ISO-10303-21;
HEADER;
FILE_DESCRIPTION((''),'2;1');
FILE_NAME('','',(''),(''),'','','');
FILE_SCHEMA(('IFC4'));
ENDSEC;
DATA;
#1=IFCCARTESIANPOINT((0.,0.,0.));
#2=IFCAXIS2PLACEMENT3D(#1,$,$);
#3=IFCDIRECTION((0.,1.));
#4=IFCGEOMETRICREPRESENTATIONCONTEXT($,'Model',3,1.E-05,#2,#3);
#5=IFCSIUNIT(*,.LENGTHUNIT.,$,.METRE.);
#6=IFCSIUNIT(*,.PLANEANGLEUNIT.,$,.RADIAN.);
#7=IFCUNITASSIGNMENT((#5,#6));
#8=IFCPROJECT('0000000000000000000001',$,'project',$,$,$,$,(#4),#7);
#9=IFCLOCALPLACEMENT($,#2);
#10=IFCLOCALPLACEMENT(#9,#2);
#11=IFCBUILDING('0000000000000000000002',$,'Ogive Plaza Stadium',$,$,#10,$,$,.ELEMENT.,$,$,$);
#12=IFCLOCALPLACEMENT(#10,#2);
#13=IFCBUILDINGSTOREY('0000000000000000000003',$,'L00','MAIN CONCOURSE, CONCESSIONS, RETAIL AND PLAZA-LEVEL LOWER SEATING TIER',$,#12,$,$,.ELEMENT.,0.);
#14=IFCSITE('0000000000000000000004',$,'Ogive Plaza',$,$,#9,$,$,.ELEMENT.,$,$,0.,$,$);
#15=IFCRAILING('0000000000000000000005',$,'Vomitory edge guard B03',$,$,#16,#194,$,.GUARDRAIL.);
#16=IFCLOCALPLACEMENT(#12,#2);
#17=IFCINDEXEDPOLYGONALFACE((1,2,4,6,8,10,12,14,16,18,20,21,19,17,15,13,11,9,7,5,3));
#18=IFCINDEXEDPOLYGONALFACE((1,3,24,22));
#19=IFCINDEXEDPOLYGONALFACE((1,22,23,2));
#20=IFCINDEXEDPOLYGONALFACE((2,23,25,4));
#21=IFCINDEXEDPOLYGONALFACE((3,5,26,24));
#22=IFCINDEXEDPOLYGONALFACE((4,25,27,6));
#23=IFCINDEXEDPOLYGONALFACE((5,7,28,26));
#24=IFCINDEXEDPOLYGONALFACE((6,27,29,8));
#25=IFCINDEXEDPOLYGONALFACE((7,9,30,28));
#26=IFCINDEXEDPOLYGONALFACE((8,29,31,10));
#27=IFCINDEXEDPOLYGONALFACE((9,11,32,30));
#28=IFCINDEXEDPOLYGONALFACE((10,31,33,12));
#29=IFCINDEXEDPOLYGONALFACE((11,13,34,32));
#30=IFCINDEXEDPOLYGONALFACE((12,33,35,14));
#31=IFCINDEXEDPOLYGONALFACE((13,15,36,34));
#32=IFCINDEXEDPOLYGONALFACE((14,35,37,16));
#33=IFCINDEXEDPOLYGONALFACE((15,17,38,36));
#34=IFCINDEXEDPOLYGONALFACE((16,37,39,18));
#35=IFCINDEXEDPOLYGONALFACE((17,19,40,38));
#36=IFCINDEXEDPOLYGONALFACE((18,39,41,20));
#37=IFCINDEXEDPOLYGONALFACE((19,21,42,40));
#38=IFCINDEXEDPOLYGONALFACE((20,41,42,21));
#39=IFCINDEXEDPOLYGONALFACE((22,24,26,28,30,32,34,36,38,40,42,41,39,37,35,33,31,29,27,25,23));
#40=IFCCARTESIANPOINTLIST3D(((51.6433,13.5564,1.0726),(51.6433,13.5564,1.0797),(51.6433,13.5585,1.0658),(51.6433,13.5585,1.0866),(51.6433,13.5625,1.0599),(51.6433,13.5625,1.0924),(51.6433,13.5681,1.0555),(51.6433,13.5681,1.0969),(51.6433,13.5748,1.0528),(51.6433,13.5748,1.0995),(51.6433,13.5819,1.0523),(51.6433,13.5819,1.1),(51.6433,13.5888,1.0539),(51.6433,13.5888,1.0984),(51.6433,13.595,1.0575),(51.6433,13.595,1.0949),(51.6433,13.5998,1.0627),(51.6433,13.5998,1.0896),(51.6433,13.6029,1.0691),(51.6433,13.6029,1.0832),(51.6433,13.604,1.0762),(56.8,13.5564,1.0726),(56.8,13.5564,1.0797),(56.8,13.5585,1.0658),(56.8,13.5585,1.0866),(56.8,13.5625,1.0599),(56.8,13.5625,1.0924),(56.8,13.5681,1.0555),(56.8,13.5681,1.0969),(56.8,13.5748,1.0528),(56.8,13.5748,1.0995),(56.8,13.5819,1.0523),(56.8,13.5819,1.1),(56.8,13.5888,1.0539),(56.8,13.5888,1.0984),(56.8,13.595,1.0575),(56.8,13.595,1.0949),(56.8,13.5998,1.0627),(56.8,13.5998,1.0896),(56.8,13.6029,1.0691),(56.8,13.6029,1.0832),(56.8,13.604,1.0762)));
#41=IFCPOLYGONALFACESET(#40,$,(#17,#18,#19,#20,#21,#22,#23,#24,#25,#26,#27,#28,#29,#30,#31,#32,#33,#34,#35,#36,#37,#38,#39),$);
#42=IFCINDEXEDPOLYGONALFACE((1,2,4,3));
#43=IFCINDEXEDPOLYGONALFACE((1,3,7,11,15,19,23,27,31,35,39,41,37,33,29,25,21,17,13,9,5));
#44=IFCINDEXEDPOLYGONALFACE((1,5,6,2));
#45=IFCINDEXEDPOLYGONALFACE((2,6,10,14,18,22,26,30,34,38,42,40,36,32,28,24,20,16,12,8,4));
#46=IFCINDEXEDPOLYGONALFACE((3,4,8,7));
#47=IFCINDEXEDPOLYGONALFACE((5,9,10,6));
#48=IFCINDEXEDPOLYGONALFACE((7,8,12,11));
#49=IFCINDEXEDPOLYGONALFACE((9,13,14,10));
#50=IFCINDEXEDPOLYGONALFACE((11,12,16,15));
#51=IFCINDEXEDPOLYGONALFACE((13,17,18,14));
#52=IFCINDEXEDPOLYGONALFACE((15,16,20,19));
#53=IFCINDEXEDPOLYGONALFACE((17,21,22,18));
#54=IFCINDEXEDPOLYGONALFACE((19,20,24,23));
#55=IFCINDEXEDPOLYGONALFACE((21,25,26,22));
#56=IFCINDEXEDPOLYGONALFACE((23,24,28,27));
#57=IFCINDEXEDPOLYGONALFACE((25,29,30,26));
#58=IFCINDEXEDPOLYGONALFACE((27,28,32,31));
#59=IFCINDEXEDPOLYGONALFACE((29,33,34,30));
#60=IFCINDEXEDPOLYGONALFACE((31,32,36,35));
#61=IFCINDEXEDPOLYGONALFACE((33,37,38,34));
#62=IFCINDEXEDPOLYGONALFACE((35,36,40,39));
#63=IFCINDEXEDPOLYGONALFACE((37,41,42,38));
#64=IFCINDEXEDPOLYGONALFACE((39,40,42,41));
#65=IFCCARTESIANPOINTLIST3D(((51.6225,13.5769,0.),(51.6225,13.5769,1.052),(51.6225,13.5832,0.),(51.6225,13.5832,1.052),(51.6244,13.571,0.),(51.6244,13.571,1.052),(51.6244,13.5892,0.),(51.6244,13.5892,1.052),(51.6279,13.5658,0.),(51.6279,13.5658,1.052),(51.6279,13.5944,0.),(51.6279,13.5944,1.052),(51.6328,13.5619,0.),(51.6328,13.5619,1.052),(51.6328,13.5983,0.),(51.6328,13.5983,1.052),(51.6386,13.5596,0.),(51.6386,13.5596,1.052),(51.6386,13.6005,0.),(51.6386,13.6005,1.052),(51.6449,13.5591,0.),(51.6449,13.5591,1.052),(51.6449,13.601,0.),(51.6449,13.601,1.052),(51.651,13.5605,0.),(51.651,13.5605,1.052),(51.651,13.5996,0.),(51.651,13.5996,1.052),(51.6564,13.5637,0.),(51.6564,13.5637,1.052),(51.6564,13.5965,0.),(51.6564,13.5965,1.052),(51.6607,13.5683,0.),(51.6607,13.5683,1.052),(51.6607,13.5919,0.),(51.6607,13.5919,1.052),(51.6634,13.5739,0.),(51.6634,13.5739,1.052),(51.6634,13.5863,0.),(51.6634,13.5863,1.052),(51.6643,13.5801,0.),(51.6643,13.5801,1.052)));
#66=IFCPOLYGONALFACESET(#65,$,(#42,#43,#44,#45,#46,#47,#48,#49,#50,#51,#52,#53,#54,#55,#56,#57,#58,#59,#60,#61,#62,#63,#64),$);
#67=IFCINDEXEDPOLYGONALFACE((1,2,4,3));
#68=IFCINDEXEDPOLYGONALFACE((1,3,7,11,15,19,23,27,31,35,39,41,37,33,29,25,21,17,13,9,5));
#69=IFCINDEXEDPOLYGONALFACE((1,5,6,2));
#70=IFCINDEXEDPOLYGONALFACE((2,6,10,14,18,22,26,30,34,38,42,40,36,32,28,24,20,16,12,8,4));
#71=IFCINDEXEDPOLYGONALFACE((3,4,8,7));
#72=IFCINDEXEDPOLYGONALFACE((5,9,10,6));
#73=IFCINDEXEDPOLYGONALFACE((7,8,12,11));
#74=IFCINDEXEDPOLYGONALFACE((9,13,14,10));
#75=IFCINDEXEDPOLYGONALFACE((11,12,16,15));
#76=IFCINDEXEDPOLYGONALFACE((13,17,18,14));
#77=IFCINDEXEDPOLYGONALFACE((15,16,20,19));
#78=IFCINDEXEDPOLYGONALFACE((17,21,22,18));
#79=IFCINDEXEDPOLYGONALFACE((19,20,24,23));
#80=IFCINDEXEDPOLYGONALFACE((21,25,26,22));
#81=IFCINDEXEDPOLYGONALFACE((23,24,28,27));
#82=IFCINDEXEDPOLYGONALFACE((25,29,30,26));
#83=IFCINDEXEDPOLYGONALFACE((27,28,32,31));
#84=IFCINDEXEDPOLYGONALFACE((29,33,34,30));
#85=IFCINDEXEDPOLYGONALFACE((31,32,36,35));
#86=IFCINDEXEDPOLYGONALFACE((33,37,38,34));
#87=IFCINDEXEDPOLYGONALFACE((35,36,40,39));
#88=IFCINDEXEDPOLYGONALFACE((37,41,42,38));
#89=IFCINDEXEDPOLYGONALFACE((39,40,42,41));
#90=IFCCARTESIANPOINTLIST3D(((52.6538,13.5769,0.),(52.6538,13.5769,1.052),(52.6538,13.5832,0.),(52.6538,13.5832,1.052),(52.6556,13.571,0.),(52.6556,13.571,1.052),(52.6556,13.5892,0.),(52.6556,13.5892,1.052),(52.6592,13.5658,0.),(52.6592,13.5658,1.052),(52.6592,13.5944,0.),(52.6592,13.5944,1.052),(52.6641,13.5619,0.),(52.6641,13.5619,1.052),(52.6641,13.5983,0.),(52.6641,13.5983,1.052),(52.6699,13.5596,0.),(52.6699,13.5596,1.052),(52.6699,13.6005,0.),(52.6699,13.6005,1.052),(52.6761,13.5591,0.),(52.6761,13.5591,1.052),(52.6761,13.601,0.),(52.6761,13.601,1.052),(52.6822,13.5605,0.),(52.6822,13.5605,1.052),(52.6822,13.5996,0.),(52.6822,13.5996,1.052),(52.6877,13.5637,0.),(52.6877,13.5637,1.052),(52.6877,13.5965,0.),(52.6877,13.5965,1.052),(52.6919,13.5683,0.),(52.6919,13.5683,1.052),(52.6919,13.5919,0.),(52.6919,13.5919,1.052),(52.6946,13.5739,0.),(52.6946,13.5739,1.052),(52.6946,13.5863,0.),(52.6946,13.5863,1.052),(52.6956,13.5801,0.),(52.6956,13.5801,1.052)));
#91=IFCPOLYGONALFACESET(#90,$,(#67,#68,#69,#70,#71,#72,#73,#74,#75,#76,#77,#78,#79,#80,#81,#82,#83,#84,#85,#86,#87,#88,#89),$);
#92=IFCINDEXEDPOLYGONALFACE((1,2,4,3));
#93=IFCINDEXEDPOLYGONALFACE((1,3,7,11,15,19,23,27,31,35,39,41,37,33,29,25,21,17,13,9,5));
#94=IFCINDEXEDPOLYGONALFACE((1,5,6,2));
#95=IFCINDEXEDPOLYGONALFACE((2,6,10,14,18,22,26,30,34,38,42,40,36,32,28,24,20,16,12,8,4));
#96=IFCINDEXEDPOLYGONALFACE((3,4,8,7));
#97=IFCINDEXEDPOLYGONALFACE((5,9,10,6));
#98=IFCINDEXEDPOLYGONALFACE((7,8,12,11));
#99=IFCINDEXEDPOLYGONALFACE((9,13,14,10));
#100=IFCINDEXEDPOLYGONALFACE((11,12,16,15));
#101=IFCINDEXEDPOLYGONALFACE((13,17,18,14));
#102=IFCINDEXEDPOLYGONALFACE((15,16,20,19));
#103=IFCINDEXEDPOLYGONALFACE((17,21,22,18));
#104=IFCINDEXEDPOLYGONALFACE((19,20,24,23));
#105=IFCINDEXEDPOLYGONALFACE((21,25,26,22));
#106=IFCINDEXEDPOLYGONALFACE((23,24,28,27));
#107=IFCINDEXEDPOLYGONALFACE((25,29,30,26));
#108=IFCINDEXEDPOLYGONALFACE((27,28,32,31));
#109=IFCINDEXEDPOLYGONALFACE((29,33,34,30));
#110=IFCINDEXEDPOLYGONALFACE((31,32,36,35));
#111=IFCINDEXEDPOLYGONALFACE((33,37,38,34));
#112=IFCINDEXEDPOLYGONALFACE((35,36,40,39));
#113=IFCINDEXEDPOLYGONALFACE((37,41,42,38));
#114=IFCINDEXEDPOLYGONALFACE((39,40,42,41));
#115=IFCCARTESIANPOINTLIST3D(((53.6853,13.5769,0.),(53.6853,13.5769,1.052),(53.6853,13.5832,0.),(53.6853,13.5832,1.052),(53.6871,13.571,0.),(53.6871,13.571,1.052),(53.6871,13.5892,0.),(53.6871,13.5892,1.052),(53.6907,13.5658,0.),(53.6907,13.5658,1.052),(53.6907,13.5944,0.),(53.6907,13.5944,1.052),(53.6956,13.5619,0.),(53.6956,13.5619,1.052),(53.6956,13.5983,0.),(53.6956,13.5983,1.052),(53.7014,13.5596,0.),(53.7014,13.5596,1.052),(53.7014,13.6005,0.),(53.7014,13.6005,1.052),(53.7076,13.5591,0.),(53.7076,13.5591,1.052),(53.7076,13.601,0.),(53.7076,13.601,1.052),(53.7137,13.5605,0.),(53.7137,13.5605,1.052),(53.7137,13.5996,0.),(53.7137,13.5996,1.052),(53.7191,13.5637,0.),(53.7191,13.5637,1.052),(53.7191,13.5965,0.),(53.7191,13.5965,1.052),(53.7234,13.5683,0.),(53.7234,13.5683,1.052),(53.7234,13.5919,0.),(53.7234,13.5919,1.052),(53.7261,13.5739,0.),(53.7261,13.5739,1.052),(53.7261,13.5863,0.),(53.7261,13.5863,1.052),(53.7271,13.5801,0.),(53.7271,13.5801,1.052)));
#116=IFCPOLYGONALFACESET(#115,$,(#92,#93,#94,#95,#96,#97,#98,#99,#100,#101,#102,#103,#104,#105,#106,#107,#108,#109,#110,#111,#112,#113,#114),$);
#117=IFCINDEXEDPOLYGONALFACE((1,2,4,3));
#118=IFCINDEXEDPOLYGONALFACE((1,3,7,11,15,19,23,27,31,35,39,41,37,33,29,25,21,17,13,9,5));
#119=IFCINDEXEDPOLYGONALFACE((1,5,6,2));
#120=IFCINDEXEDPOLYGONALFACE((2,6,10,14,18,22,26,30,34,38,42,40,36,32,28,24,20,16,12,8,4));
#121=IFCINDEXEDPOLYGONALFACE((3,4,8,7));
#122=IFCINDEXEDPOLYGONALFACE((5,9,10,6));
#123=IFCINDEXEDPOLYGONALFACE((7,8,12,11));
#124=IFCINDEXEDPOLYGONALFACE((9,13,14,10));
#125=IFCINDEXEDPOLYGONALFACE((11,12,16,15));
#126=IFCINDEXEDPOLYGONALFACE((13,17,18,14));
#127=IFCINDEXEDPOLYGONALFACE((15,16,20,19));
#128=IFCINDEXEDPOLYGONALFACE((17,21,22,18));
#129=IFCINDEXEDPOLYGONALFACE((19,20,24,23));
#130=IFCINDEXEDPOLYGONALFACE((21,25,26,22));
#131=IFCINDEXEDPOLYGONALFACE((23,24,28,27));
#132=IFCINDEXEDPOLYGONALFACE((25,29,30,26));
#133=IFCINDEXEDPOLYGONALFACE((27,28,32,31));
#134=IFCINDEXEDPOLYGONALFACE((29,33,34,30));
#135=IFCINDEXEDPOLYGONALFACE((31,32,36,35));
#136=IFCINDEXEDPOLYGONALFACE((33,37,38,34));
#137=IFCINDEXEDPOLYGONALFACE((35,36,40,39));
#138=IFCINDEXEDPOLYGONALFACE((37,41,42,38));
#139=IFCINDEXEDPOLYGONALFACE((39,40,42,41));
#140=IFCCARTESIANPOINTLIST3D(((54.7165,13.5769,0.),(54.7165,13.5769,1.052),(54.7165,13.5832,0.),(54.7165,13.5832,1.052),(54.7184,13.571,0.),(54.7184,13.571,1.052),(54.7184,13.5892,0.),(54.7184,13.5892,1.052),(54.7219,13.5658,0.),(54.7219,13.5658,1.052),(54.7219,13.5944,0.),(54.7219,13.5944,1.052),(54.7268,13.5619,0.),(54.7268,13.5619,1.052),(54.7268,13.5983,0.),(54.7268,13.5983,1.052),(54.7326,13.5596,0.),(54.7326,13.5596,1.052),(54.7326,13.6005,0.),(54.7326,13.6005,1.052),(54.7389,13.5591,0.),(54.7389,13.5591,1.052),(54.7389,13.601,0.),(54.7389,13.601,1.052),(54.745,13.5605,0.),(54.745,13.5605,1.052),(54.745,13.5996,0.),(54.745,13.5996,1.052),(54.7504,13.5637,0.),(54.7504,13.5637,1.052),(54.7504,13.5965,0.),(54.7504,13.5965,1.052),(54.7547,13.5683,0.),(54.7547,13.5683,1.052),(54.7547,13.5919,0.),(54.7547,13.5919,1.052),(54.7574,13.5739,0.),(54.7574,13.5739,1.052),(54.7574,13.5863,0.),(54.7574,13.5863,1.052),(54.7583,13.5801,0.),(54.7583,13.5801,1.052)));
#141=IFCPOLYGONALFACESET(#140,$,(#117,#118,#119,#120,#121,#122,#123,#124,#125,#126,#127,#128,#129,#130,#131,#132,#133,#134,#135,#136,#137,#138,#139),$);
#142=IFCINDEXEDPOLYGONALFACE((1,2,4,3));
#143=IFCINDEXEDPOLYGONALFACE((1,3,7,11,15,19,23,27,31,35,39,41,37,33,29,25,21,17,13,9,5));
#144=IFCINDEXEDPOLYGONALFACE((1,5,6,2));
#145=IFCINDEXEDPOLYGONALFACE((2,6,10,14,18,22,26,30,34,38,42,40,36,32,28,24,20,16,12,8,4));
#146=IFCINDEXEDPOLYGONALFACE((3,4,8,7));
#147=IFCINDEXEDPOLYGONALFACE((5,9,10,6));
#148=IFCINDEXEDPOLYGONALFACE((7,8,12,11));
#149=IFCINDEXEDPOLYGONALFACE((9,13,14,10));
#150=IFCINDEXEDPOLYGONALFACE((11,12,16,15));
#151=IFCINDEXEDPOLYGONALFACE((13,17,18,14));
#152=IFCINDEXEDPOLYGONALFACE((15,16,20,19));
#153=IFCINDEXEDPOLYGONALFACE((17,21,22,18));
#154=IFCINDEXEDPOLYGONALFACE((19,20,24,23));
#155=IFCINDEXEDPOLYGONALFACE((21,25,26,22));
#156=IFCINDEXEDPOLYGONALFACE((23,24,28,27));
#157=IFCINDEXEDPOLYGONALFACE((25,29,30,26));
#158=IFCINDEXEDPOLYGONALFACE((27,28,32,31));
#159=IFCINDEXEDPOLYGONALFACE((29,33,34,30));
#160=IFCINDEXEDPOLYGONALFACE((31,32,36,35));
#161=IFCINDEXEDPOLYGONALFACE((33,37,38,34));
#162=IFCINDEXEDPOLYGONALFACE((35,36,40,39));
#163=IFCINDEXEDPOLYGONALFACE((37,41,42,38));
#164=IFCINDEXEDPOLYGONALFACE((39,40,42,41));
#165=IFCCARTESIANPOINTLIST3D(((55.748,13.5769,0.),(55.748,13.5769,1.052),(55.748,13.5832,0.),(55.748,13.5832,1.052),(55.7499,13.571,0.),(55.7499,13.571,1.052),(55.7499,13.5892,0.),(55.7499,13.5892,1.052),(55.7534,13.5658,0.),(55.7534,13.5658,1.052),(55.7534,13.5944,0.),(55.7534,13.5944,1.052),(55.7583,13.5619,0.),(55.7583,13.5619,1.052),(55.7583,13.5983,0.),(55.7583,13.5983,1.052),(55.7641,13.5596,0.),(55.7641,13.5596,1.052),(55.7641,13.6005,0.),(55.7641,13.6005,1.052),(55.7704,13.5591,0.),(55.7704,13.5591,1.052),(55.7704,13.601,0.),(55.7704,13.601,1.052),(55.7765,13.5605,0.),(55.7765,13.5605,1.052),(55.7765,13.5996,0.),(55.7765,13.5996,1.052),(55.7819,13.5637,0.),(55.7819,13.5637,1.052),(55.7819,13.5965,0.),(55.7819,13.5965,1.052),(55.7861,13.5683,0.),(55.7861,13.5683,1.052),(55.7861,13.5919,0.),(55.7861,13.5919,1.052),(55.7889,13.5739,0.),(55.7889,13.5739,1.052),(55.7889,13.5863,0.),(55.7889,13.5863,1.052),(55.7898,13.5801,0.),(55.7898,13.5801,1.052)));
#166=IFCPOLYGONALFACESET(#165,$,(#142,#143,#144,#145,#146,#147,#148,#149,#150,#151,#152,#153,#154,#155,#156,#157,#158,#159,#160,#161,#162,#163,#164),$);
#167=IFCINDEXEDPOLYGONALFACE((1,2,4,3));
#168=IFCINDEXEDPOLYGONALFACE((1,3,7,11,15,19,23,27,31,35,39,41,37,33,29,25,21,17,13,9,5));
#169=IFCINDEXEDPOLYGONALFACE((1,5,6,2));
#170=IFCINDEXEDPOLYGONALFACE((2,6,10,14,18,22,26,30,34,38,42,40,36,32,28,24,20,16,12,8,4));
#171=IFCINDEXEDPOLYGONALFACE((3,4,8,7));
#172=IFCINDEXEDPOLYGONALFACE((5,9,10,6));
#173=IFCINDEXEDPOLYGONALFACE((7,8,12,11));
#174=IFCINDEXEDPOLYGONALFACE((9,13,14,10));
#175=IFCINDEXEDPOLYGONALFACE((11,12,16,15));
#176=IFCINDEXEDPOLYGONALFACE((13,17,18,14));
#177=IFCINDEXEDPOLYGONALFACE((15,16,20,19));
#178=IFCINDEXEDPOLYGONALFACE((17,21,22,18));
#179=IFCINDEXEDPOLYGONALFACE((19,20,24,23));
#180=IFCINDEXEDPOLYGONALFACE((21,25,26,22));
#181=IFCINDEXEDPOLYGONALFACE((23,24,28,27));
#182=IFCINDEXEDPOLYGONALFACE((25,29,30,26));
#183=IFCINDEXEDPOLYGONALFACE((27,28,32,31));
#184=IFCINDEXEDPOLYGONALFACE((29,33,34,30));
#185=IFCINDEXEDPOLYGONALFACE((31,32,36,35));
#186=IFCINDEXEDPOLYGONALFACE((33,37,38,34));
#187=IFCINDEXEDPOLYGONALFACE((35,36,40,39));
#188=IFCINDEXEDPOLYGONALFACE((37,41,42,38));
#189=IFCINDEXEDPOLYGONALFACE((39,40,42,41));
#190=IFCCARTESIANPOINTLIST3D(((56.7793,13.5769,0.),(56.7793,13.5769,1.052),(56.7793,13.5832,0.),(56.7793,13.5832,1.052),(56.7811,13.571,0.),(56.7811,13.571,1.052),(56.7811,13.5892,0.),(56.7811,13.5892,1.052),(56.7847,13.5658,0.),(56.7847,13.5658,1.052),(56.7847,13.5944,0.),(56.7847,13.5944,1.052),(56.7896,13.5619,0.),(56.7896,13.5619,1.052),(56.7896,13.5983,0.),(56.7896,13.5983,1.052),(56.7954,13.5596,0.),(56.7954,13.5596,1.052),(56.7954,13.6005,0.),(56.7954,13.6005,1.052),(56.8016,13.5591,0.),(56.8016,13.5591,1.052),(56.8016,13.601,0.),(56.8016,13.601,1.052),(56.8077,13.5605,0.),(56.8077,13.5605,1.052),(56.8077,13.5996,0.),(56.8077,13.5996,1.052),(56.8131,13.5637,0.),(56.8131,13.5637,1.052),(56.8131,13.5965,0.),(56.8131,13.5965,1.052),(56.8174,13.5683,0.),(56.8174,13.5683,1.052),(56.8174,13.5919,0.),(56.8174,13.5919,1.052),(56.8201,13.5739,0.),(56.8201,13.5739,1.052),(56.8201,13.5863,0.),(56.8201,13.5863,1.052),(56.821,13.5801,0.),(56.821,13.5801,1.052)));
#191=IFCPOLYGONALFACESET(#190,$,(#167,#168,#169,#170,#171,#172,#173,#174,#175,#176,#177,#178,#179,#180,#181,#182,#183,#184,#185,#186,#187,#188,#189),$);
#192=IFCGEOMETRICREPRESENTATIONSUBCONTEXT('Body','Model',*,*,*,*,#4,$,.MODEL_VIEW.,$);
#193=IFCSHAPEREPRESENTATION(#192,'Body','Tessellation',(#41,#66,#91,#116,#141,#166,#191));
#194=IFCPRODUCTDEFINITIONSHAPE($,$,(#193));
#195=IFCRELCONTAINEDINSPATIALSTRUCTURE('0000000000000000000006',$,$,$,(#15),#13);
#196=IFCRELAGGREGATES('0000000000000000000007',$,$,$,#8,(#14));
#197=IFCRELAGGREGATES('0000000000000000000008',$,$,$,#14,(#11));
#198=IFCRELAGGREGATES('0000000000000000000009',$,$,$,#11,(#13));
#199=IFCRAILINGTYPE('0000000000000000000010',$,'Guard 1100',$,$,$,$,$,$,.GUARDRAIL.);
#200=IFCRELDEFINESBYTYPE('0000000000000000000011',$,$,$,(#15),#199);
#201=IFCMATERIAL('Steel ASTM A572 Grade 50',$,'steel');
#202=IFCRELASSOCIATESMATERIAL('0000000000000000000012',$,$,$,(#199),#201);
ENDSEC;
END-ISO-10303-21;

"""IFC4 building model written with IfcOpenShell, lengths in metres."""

from ifc_helpers import new_model, si_unit, direction, frame, origin, origin_2d, place, context, subcontext, project, spatial, circle, extrude, material, type_object, element, save


model = new_model("IFC4")

# Units and contexts
model_context = context("Model", 3, precision=1e-05, world=origin(), true_north=direction((0.0, 1.0)))
body_context = subcontext(model_context, "Body", "Model", "MODEL_VIEW")
ifc_project = project(units=[si_unit("LENGTHUNIT", "METRE"), si_unit("PLANEANGLEUNIT", "RADIAN")], contexts=[model_context])

# Site, building, storey
site_placement = place(None, origin())
site = spatial("IfcSite", under=ifc_project, at=site_placement, Name="Ogive Plaza", CompositionType="ELEMENT", RefElevation=0.0)
building_placement = place(site_placement, origin())
building = spatial("IfcBuilding", under=site, at=building_placement, Name="Ogive Plaza Stadium", CompositionType="ELEMENT")
storey_placement = place(building_placement, origin())
storey = spatial("IfcBuildingStorey", under=building, at=storey_placement, Name="L00", Description="MAIN CONCOURSE, CONCESSIONS, RETAIL AND PLAZA-LEVEL LOWER SEATING TIER", CompositionType="ELEMENT", Elevation=0.0)

# Railing
ifc_material_1 = material(Name="Steel ASTM A572 Grade 50", Category="steel")
railing_type = type_object("IfcRailingType", Name="Guard 1100", PredefinedType="GUARDRAIL", material=ifc_material_1)
for number, where, name in (
    (1, (51.6433, 13.5801, 0.0), "Vomitory edge guard B03"),
):
    element("IfcRailing", number, at=place(storey_placement, frame(where)), inside=storey, type_object=railing_type, Name=name, PredefinedType="GUARDRAIL", context=body_context, shape_type="SweptSolid", body=[
        extrude(circle(Radius=0.0239, at=origin_2d()), frame((0.0, 0.0, 1.0762), z_axis=(1.0, 0.0, 0.0), x_axis=(0.0, 1.0, 0.0)), (0.0, 0.0, 1.0), 5.1567),
        extrude(circle(Radius=0.021, at=origin_2d()), origin(), (0.0, 0.0, 1.0), 1.052),
        extrude(circle(Radius=0.021, at=origin_2d()), frame((1.0312, 0.0, 0.0)), (0.0, 0.0, 1.0), 1.052),
        extrude(circle(Radius=0.021, at=origin_2d()), frame((2.0627, 0.0, 0.0)), (0.0, 0.0, 1.0), 1.052),
        extrude(circle(Radius=0.021, at=origin_2d()), frame((3.094, 0.0, 0.0)), (0.0, 0.0, 1.0), 1.052),
        extrude(circle(Radius=0.021, at=origin_2d()), frame((4.1255, 0.0, 0.0)), (0.0, 0.0, 1.0), 1.052),
        extrude(circle(Radius=0.021, at=origin_2d()), frame((5.1567, 0.0, 0.0)), (0.0, 0.0, 1.0), 1.052),
    ])

save(model, "model.ifc")
